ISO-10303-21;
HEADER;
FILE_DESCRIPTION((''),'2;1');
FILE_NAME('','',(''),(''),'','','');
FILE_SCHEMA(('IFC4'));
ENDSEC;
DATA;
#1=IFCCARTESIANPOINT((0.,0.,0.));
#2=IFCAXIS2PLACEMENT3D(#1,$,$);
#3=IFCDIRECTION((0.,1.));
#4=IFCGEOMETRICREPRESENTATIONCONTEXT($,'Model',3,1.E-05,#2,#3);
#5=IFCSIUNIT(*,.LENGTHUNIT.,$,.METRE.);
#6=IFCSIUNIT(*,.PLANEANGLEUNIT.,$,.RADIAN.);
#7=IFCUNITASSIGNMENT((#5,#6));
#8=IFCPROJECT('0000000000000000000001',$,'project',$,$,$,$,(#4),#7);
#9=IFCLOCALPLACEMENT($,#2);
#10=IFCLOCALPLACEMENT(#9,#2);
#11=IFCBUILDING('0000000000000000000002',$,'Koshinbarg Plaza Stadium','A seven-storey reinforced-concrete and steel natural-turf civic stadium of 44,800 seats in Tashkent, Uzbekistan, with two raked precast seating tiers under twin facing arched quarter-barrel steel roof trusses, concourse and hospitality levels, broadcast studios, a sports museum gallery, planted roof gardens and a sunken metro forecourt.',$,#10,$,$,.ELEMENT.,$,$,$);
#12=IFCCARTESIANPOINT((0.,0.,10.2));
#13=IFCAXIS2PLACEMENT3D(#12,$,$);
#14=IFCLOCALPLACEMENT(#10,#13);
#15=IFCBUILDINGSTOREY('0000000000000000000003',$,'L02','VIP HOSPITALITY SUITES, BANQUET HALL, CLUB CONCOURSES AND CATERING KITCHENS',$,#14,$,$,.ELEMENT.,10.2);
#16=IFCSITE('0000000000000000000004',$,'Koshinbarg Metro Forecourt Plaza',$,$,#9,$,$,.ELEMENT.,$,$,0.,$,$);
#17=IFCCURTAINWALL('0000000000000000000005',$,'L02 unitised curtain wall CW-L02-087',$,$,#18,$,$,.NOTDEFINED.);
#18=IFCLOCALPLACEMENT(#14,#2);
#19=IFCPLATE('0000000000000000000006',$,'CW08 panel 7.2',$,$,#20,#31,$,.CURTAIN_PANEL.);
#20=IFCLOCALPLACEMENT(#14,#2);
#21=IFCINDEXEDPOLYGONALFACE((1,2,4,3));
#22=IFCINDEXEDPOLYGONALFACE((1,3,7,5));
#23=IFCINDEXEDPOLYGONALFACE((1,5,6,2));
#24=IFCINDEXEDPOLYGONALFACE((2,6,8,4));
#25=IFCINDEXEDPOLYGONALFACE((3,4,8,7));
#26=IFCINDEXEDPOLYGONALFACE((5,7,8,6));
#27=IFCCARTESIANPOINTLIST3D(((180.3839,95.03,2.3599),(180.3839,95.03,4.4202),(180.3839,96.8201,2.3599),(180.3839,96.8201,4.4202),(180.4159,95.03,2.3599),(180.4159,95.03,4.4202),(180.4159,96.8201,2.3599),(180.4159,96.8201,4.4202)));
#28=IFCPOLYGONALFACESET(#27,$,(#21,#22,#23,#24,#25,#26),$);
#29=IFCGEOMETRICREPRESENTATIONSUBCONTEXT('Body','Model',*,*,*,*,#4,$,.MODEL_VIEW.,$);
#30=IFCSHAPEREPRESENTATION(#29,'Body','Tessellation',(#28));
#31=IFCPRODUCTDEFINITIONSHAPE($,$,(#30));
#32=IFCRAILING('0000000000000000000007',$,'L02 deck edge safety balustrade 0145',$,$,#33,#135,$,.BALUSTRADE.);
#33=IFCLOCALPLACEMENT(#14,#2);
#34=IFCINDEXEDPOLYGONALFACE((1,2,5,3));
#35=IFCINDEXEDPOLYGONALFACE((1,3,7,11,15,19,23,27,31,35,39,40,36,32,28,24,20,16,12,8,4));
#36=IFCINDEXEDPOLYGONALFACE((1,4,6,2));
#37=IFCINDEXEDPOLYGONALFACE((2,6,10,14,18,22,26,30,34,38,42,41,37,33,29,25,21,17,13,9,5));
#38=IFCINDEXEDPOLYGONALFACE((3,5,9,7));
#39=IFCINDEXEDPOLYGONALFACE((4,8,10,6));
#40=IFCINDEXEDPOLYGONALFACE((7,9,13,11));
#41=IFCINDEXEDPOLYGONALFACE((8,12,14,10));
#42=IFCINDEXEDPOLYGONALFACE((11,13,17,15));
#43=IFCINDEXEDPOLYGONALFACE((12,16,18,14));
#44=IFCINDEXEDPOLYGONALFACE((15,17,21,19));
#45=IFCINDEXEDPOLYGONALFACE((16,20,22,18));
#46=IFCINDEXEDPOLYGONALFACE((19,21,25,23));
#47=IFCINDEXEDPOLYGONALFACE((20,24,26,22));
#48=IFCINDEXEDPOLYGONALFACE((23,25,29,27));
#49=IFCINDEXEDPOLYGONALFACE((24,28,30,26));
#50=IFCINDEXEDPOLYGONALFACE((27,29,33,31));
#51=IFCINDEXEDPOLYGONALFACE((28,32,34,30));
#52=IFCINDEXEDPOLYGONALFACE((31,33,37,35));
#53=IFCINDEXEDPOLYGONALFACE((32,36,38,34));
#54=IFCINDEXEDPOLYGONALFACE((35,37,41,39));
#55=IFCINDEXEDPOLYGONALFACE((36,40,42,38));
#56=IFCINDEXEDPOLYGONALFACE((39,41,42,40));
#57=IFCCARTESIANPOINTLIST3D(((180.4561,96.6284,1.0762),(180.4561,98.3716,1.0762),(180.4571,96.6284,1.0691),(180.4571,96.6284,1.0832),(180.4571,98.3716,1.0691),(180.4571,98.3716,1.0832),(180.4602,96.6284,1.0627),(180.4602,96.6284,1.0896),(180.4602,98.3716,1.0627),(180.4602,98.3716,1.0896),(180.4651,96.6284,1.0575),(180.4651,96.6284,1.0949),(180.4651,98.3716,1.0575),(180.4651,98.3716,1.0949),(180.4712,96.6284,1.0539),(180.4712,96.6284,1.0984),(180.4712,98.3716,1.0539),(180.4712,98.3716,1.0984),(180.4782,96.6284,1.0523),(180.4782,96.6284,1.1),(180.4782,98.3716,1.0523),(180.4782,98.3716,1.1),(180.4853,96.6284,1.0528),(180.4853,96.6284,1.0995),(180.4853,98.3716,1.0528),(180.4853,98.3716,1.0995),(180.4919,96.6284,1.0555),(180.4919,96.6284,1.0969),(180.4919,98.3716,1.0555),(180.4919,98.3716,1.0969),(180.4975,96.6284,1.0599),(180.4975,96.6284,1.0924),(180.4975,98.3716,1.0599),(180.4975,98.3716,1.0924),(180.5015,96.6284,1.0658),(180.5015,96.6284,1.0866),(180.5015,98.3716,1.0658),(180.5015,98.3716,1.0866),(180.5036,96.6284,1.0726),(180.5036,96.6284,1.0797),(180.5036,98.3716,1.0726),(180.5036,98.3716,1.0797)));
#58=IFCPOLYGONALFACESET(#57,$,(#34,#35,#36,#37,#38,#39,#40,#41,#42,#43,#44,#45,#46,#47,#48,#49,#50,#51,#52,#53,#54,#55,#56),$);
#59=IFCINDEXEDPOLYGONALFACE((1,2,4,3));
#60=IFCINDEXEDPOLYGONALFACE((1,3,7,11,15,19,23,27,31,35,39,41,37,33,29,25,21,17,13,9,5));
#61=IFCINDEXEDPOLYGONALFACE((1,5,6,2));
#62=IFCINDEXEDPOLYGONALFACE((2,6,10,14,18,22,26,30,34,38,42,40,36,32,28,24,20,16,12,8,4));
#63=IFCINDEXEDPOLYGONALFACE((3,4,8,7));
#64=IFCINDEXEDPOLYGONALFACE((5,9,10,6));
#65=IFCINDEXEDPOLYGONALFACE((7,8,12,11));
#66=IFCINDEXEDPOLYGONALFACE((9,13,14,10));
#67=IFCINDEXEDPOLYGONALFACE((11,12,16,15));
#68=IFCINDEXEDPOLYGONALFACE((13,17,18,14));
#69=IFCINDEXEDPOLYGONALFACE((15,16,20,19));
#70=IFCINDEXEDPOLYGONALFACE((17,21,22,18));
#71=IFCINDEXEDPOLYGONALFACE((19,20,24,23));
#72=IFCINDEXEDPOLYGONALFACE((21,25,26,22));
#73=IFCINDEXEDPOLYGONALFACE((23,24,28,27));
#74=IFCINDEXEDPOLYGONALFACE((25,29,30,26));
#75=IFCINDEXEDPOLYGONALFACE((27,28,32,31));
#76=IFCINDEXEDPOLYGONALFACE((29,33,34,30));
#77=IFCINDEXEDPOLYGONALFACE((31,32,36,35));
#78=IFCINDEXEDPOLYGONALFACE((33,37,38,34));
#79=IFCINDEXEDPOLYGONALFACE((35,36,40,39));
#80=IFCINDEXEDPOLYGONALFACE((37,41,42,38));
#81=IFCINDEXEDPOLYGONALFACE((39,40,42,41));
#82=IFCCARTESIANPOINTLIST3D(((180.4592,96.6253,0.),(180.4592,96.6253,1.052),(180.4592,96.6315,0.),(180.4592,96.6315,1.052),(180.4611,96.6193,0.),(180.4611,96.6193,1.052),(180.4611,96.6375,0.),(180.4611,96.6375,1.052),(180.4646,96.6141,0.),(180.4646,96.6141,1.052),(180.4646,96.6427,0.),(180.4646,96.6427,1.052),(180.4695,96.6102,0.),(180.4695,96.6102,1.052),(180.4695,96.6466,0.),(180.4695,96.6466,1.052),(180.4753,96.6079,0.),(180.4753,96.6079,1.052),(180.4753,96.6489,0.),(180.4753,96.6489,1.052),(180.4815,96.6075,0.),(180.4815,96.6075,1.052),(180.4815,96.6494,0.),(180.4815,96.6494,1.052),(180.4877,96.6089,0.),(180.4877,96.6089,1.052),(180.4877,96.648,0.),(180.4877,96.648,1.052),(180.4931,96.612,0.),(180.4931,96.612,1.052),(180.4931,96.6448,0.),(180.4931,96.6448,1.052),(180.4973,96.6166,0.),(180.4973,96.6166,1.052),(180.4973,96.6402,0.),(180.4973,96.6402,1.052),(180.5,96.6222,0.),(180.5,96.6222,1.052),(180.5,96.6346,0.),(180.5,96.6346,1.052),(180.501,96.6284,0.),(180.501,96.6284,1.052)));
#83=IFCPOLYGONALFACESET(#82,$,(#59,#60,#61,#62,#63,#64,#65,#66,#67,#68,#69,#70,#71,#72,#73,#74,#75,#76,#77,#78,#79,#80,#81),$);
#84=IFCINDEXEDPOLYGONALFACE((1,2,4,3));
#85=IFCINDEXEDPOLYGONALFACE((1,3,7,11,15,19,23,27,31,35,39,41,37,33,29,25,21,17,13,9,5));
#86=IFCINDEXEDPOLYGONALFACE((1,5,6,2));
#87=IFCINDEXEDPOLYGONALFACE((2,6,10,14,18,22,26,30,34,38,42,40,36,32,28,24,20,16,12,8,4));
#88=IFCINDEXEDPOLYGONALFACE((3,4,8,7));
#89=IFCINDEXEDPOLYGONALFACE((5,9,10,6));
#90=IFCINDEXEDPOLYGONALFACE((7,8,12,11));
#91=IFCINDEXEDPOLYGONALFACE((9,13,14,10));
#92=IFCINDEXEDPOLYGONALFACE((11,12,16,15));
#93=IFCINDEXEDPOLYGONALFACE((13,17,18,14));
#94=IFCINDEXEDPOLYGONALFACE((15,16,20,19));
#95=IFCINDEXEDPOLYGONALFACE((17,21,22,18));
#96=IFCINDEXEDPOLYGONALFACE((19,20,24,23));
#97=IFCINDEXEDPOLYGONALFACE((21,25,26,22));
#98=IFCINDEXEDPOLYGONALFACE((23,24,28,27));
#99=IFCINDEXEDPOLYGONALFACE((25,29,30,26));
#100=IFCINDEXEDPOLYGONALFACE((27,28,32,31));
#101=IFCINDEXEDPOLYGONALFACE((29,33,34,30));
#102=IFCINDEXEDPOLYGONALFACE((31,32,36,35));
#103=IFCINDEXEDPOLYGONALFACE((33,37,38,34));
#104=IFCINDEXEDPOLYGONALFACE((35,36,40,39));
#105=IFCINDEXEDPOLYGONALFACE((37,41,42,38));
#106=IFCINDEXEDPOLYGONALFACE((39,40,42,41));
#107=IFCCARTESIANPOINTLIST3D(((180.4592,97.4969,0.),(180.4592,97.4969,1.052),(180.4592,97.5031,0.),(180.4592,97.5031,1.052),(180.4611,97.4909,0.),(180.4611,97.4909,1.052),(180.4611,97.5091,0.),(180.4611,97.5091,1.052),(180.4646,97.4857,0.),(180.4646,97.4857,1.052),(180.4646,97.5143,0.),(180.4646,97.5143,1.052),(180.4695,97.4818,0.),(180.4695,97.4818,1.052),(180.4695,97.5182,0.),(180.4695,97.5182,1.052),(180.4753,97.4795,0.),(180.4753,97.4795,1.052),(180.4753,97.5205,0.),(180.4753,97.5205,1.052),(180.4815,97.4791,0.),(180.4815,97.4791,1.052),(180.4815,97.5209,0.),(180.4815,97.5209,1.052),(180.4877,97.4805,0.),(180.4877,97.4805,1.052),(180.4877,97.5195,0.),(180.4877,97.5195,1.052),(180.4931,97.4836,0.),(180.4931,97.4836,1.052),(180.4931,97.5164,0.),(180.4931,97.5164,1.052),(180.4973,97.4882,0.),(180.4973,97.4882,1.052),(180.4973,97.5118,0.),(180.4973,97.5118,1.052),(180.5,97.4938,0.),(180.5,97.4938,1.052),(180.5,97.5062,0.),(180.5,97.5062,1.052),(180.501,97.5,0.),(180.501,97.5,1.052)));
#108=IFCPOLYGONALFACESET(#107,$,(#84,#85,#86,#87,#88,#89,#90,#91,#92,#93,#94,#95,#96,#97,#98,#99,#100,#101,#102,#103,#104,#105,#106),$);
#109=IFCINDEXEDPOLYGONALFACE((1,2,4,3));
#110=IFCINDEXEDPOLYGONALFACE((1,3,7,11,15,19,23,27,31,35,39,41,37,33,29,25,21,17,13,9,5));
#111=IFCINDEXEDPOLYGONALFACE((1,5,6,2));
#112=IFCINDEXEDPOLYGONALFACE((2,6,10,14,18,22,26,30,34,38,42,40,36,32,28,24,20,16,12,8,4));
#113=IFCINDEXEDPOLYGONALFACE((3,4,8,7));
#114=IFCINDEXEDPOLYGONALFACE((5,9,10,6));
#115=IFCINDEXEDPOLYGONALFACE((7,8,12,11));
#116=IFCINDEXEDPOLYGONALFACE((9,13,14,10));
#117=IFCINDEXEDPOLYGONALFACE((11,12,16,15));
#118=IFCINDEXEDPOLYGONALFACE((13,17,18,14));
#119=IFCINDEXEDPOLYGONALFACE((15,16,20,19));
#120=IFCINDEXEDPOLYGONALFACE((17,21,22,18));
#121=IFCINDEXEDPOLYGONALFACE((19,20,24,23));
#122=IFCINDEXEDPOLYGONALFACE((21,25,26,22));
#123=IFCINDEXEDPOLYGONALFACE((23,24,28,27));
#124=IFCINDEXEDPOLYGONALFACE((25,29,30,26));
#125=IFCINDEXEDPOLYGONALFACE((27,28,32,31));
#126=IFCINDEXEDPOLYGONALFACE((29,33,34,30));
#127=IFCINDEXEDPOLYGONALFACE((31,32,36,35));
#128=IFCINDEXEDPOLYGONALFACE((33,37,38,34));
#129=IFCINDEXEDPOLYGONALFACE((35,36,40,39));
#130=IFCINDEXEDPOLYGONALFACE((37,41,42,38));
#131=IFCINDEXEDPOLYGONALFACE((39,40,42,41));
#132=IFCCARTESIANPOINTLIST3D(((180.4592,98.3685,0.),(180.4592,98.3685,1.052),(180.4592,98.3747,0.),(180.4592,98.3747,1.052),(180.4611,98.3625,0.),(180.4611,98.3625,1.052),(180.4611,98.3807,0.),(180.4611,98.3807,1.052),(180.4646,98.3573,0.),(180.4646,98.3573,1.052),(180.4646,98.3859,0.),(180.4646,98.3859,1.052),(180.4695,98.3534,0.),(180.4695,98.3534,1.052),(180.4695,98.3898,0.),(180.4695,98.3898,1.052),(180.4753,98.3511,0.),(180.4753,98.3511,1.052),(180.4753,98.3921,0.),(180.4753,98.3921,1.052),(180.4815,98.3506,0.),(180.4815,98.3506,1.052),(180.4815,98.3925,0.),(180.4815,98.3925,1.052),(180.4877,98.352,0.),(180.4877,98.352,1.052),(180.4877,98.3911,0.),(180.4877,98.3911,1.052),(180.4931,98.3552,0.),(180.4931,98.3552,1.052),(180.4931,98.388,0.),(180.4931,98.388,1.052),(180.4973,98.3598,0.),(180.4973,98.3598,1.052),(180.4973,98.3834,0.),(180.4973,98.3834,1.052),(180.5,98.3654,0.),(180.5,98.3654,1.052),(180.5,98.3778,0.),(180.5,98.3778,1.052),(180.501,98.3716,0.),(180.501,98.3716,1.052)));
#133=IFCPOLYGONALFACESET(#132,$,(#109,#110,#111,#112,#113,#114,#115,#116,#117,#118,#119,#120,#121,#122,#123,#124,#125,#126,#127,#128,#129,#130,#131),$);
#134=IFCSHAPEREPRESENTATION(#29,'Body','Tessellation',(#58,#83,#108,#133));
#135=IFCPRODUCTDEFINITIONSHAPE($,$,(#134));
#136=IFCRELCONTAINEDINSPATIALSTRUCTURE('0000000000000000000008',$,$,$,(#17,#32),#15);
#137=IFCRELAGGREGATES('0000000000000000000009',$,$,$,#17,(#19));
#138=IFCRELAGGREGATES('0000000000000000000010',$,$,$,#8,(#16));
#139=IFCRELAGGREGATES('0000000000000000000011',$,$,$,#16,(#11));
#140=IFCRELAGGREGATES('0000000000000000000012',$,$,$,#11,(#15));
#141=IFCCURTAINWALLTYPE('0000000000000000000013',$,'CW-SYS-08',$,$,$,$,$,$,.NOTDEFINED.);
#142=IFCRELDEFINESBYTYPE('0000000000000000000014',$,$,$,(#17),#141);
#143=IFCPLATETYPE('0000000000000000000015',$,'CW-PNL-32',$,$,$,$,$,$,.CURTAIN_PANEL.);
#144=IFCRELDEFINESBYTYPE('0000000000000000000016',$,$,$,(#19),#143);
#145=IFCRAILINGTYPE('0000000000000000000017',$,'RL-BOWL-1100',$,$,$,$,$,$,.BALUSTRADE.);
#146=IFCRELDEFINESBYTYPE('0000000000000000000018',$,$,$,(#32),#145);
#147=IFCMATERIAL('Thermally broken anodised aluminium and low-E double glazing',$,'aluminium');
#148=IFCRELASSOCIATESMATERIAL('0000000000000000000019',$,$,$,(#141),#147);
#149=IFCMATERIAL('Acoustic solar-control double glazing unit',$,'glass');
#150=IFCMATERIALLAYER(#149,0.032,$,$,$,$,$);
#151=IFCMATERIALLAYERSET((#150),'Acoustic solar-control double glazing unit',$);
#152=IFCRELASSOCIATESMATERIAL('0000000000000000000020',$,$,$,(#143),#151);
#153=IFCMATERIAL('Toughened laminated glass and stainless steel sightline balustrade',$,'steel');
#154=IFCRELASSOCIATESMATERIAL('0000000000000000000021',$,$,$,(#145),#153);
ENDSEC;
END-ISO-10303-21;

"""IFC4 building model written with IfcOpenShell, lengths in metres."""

from ifc_helpers import new_model, si_unit, direction, frame, origin, origin_2d, place, context, subcontext, project, spatial, rectangle, circle, extrude, material, layer, layer_set, type_object, element, aggregate, save


model = new_model("IFC4")

# Units and contexts
model_context = context("Model", 3, precision=1e-05, world=origin(), true_north=direction((0.0, 1.0)))
body_context = subcontext(model_context, "Body", "Model", "MODEL_VIEW")
ifc_project = project(units=[si_unit("LENGTHUNIT", "METRE"), si_unit("PLANEANGLEUNIT", "RADIAN")], contexts=[model_context])

# Site, building, storey
site_placement = place(None, origin())
site = spatial("IfcSite", under=ifc_project, at=site_placement, Name="Koshinbarg Metro Forecourt Plaza", CompositionType="ELEMENT", RefElevation=0.0)
building_placement = place(site_placement, origin())
building = spatial("IfcBuilding", under=site, at=building_placement, Name="Koshinbarg Plaza Stadium", Description="A seven-storey reinforced-concrete and steel natural-turf civic stadium of 44,800 seats in Tashkent, Uzbekistan, with two raked precast seating tiers under twin facing arched quarter-barrel steel roof trusses, concourse and hospitality levels, broadcast studios, a sports museum gallery, planted roof gardens and a sunken metro forecourt.", CompositionType="ELEMENT")
storey_placement = place(building_placement, frame((0.0, 0.0, 10.2)))
storey = spatial("IfcBuildingStorey", under=building, at=storey_placement, Name="L02", Description="VIP HOSPITALITY SUITES, BANQUET HALL, CLUB CONCOURSES AND CATERING KITCHENS", CompositionType="ELEMENT", Elevation=10.2)

# Shared definitions
ifc_material_1 = material(Name="Thermally broken anodised aluminium and low-E double glazing", Category="aluminium")

# Curtain wall
curtain_wall_type_1 = type_object("IfcCurtainWallType", Name="CW-SYS-08", PredefinedType="NOTDEFINED", material=ifc_material_1)
curtain_wall_1_placement = place(storey_placement, origin())
curtain_wall_1 = element("IfcCurtainWall", 1, at=curtain_wall_1_placement, inside=storey, type_object=curtain_wall_type_1, Name="L02 unitised curtain wall CW-L02-087", PredefinedType="NOTDEFINED")

# Plate
ifc_material_2 = material(Name="Acoustic solar-control double glazing unit", Category="glass")
ifc_layer = layer(ifc_material_2, 0.032)
ifc_layer_set = layer_set([ifc_layer], Name="Acoustic solar-control double glazing unit")
plate_type = type_object("IfcPlateType", Name="CW-PNL-32", PredefinedType="CURTAIN_PANEL", material=ifc_layer_set)
plate_1_placement = place(storey_placement, frame((180.3999, 95.925, 2.3599), z_axis=(0.0, 0.0, 1.0), x_axis=(0.0, 1.0, 0.0)))
plate_1 = element("IfcPlate", 2, at=plate_1_placement, type_object=plate_type, Name="CW08 panel 7.2", PredefinedType="CURTAIN_PANEL", context=body_context, shape_type="SweptSolid", body=[
    extrude(rectangle(XDim=1.79, YDim=0.032, at=origin_2d()), origin(), (0.0, 0.0, 1.0), 2.0603),
])
aggregate(curtain_wall_1, [plate_1])

# Railing
ifc_material_3 = material(Name="Toughened laminated glass and stainless steel sightline balustrade", Category="steel")
railing_type = type_object("IfcRailingType", Name="RL-BOWL-1100", PredefinedType="BALUSTRADE", material=ifc_material_3)
railing_placement = place(storey_placement, frame((180.48, 96.6284, 0.0)))
element("IfcRailing", 3, at=railing_placement, inside=storey, type_object=railing_type, Name="L02 deck edge safety balustrade 0145", PredefinedType="BALUSTRADE", context=body_context, shape_type="SweptSolid", body=[
    extrude(circle(Radius=0.0239, at=origin_2d()), frame((0.0, 0.0, 1.0762), z_axis=(0.0, 1.0, 0.0), x_axis=(-1.0, 0.0, 0.0)), (0.0, 0.0, 1.0), 1.7432),
    extrude(circle(Radius=0.021, at=origin_2d()), origin(), (0.0, 0.0, 1.0), 1.052),
    extrude(circle(Radius=0.021, at=origin_2d()), frame((0.0, 0.8716, 0.0)), (0.0, 0.0, 1.0), 1.052),
    extrude(circle(Radius=0.021, at=origin_2d()), frame((0.0, 1.7432, 0.0)), (0.0, 0.0, 1.0), 1.052),
])

save(model, "model.ifc")
